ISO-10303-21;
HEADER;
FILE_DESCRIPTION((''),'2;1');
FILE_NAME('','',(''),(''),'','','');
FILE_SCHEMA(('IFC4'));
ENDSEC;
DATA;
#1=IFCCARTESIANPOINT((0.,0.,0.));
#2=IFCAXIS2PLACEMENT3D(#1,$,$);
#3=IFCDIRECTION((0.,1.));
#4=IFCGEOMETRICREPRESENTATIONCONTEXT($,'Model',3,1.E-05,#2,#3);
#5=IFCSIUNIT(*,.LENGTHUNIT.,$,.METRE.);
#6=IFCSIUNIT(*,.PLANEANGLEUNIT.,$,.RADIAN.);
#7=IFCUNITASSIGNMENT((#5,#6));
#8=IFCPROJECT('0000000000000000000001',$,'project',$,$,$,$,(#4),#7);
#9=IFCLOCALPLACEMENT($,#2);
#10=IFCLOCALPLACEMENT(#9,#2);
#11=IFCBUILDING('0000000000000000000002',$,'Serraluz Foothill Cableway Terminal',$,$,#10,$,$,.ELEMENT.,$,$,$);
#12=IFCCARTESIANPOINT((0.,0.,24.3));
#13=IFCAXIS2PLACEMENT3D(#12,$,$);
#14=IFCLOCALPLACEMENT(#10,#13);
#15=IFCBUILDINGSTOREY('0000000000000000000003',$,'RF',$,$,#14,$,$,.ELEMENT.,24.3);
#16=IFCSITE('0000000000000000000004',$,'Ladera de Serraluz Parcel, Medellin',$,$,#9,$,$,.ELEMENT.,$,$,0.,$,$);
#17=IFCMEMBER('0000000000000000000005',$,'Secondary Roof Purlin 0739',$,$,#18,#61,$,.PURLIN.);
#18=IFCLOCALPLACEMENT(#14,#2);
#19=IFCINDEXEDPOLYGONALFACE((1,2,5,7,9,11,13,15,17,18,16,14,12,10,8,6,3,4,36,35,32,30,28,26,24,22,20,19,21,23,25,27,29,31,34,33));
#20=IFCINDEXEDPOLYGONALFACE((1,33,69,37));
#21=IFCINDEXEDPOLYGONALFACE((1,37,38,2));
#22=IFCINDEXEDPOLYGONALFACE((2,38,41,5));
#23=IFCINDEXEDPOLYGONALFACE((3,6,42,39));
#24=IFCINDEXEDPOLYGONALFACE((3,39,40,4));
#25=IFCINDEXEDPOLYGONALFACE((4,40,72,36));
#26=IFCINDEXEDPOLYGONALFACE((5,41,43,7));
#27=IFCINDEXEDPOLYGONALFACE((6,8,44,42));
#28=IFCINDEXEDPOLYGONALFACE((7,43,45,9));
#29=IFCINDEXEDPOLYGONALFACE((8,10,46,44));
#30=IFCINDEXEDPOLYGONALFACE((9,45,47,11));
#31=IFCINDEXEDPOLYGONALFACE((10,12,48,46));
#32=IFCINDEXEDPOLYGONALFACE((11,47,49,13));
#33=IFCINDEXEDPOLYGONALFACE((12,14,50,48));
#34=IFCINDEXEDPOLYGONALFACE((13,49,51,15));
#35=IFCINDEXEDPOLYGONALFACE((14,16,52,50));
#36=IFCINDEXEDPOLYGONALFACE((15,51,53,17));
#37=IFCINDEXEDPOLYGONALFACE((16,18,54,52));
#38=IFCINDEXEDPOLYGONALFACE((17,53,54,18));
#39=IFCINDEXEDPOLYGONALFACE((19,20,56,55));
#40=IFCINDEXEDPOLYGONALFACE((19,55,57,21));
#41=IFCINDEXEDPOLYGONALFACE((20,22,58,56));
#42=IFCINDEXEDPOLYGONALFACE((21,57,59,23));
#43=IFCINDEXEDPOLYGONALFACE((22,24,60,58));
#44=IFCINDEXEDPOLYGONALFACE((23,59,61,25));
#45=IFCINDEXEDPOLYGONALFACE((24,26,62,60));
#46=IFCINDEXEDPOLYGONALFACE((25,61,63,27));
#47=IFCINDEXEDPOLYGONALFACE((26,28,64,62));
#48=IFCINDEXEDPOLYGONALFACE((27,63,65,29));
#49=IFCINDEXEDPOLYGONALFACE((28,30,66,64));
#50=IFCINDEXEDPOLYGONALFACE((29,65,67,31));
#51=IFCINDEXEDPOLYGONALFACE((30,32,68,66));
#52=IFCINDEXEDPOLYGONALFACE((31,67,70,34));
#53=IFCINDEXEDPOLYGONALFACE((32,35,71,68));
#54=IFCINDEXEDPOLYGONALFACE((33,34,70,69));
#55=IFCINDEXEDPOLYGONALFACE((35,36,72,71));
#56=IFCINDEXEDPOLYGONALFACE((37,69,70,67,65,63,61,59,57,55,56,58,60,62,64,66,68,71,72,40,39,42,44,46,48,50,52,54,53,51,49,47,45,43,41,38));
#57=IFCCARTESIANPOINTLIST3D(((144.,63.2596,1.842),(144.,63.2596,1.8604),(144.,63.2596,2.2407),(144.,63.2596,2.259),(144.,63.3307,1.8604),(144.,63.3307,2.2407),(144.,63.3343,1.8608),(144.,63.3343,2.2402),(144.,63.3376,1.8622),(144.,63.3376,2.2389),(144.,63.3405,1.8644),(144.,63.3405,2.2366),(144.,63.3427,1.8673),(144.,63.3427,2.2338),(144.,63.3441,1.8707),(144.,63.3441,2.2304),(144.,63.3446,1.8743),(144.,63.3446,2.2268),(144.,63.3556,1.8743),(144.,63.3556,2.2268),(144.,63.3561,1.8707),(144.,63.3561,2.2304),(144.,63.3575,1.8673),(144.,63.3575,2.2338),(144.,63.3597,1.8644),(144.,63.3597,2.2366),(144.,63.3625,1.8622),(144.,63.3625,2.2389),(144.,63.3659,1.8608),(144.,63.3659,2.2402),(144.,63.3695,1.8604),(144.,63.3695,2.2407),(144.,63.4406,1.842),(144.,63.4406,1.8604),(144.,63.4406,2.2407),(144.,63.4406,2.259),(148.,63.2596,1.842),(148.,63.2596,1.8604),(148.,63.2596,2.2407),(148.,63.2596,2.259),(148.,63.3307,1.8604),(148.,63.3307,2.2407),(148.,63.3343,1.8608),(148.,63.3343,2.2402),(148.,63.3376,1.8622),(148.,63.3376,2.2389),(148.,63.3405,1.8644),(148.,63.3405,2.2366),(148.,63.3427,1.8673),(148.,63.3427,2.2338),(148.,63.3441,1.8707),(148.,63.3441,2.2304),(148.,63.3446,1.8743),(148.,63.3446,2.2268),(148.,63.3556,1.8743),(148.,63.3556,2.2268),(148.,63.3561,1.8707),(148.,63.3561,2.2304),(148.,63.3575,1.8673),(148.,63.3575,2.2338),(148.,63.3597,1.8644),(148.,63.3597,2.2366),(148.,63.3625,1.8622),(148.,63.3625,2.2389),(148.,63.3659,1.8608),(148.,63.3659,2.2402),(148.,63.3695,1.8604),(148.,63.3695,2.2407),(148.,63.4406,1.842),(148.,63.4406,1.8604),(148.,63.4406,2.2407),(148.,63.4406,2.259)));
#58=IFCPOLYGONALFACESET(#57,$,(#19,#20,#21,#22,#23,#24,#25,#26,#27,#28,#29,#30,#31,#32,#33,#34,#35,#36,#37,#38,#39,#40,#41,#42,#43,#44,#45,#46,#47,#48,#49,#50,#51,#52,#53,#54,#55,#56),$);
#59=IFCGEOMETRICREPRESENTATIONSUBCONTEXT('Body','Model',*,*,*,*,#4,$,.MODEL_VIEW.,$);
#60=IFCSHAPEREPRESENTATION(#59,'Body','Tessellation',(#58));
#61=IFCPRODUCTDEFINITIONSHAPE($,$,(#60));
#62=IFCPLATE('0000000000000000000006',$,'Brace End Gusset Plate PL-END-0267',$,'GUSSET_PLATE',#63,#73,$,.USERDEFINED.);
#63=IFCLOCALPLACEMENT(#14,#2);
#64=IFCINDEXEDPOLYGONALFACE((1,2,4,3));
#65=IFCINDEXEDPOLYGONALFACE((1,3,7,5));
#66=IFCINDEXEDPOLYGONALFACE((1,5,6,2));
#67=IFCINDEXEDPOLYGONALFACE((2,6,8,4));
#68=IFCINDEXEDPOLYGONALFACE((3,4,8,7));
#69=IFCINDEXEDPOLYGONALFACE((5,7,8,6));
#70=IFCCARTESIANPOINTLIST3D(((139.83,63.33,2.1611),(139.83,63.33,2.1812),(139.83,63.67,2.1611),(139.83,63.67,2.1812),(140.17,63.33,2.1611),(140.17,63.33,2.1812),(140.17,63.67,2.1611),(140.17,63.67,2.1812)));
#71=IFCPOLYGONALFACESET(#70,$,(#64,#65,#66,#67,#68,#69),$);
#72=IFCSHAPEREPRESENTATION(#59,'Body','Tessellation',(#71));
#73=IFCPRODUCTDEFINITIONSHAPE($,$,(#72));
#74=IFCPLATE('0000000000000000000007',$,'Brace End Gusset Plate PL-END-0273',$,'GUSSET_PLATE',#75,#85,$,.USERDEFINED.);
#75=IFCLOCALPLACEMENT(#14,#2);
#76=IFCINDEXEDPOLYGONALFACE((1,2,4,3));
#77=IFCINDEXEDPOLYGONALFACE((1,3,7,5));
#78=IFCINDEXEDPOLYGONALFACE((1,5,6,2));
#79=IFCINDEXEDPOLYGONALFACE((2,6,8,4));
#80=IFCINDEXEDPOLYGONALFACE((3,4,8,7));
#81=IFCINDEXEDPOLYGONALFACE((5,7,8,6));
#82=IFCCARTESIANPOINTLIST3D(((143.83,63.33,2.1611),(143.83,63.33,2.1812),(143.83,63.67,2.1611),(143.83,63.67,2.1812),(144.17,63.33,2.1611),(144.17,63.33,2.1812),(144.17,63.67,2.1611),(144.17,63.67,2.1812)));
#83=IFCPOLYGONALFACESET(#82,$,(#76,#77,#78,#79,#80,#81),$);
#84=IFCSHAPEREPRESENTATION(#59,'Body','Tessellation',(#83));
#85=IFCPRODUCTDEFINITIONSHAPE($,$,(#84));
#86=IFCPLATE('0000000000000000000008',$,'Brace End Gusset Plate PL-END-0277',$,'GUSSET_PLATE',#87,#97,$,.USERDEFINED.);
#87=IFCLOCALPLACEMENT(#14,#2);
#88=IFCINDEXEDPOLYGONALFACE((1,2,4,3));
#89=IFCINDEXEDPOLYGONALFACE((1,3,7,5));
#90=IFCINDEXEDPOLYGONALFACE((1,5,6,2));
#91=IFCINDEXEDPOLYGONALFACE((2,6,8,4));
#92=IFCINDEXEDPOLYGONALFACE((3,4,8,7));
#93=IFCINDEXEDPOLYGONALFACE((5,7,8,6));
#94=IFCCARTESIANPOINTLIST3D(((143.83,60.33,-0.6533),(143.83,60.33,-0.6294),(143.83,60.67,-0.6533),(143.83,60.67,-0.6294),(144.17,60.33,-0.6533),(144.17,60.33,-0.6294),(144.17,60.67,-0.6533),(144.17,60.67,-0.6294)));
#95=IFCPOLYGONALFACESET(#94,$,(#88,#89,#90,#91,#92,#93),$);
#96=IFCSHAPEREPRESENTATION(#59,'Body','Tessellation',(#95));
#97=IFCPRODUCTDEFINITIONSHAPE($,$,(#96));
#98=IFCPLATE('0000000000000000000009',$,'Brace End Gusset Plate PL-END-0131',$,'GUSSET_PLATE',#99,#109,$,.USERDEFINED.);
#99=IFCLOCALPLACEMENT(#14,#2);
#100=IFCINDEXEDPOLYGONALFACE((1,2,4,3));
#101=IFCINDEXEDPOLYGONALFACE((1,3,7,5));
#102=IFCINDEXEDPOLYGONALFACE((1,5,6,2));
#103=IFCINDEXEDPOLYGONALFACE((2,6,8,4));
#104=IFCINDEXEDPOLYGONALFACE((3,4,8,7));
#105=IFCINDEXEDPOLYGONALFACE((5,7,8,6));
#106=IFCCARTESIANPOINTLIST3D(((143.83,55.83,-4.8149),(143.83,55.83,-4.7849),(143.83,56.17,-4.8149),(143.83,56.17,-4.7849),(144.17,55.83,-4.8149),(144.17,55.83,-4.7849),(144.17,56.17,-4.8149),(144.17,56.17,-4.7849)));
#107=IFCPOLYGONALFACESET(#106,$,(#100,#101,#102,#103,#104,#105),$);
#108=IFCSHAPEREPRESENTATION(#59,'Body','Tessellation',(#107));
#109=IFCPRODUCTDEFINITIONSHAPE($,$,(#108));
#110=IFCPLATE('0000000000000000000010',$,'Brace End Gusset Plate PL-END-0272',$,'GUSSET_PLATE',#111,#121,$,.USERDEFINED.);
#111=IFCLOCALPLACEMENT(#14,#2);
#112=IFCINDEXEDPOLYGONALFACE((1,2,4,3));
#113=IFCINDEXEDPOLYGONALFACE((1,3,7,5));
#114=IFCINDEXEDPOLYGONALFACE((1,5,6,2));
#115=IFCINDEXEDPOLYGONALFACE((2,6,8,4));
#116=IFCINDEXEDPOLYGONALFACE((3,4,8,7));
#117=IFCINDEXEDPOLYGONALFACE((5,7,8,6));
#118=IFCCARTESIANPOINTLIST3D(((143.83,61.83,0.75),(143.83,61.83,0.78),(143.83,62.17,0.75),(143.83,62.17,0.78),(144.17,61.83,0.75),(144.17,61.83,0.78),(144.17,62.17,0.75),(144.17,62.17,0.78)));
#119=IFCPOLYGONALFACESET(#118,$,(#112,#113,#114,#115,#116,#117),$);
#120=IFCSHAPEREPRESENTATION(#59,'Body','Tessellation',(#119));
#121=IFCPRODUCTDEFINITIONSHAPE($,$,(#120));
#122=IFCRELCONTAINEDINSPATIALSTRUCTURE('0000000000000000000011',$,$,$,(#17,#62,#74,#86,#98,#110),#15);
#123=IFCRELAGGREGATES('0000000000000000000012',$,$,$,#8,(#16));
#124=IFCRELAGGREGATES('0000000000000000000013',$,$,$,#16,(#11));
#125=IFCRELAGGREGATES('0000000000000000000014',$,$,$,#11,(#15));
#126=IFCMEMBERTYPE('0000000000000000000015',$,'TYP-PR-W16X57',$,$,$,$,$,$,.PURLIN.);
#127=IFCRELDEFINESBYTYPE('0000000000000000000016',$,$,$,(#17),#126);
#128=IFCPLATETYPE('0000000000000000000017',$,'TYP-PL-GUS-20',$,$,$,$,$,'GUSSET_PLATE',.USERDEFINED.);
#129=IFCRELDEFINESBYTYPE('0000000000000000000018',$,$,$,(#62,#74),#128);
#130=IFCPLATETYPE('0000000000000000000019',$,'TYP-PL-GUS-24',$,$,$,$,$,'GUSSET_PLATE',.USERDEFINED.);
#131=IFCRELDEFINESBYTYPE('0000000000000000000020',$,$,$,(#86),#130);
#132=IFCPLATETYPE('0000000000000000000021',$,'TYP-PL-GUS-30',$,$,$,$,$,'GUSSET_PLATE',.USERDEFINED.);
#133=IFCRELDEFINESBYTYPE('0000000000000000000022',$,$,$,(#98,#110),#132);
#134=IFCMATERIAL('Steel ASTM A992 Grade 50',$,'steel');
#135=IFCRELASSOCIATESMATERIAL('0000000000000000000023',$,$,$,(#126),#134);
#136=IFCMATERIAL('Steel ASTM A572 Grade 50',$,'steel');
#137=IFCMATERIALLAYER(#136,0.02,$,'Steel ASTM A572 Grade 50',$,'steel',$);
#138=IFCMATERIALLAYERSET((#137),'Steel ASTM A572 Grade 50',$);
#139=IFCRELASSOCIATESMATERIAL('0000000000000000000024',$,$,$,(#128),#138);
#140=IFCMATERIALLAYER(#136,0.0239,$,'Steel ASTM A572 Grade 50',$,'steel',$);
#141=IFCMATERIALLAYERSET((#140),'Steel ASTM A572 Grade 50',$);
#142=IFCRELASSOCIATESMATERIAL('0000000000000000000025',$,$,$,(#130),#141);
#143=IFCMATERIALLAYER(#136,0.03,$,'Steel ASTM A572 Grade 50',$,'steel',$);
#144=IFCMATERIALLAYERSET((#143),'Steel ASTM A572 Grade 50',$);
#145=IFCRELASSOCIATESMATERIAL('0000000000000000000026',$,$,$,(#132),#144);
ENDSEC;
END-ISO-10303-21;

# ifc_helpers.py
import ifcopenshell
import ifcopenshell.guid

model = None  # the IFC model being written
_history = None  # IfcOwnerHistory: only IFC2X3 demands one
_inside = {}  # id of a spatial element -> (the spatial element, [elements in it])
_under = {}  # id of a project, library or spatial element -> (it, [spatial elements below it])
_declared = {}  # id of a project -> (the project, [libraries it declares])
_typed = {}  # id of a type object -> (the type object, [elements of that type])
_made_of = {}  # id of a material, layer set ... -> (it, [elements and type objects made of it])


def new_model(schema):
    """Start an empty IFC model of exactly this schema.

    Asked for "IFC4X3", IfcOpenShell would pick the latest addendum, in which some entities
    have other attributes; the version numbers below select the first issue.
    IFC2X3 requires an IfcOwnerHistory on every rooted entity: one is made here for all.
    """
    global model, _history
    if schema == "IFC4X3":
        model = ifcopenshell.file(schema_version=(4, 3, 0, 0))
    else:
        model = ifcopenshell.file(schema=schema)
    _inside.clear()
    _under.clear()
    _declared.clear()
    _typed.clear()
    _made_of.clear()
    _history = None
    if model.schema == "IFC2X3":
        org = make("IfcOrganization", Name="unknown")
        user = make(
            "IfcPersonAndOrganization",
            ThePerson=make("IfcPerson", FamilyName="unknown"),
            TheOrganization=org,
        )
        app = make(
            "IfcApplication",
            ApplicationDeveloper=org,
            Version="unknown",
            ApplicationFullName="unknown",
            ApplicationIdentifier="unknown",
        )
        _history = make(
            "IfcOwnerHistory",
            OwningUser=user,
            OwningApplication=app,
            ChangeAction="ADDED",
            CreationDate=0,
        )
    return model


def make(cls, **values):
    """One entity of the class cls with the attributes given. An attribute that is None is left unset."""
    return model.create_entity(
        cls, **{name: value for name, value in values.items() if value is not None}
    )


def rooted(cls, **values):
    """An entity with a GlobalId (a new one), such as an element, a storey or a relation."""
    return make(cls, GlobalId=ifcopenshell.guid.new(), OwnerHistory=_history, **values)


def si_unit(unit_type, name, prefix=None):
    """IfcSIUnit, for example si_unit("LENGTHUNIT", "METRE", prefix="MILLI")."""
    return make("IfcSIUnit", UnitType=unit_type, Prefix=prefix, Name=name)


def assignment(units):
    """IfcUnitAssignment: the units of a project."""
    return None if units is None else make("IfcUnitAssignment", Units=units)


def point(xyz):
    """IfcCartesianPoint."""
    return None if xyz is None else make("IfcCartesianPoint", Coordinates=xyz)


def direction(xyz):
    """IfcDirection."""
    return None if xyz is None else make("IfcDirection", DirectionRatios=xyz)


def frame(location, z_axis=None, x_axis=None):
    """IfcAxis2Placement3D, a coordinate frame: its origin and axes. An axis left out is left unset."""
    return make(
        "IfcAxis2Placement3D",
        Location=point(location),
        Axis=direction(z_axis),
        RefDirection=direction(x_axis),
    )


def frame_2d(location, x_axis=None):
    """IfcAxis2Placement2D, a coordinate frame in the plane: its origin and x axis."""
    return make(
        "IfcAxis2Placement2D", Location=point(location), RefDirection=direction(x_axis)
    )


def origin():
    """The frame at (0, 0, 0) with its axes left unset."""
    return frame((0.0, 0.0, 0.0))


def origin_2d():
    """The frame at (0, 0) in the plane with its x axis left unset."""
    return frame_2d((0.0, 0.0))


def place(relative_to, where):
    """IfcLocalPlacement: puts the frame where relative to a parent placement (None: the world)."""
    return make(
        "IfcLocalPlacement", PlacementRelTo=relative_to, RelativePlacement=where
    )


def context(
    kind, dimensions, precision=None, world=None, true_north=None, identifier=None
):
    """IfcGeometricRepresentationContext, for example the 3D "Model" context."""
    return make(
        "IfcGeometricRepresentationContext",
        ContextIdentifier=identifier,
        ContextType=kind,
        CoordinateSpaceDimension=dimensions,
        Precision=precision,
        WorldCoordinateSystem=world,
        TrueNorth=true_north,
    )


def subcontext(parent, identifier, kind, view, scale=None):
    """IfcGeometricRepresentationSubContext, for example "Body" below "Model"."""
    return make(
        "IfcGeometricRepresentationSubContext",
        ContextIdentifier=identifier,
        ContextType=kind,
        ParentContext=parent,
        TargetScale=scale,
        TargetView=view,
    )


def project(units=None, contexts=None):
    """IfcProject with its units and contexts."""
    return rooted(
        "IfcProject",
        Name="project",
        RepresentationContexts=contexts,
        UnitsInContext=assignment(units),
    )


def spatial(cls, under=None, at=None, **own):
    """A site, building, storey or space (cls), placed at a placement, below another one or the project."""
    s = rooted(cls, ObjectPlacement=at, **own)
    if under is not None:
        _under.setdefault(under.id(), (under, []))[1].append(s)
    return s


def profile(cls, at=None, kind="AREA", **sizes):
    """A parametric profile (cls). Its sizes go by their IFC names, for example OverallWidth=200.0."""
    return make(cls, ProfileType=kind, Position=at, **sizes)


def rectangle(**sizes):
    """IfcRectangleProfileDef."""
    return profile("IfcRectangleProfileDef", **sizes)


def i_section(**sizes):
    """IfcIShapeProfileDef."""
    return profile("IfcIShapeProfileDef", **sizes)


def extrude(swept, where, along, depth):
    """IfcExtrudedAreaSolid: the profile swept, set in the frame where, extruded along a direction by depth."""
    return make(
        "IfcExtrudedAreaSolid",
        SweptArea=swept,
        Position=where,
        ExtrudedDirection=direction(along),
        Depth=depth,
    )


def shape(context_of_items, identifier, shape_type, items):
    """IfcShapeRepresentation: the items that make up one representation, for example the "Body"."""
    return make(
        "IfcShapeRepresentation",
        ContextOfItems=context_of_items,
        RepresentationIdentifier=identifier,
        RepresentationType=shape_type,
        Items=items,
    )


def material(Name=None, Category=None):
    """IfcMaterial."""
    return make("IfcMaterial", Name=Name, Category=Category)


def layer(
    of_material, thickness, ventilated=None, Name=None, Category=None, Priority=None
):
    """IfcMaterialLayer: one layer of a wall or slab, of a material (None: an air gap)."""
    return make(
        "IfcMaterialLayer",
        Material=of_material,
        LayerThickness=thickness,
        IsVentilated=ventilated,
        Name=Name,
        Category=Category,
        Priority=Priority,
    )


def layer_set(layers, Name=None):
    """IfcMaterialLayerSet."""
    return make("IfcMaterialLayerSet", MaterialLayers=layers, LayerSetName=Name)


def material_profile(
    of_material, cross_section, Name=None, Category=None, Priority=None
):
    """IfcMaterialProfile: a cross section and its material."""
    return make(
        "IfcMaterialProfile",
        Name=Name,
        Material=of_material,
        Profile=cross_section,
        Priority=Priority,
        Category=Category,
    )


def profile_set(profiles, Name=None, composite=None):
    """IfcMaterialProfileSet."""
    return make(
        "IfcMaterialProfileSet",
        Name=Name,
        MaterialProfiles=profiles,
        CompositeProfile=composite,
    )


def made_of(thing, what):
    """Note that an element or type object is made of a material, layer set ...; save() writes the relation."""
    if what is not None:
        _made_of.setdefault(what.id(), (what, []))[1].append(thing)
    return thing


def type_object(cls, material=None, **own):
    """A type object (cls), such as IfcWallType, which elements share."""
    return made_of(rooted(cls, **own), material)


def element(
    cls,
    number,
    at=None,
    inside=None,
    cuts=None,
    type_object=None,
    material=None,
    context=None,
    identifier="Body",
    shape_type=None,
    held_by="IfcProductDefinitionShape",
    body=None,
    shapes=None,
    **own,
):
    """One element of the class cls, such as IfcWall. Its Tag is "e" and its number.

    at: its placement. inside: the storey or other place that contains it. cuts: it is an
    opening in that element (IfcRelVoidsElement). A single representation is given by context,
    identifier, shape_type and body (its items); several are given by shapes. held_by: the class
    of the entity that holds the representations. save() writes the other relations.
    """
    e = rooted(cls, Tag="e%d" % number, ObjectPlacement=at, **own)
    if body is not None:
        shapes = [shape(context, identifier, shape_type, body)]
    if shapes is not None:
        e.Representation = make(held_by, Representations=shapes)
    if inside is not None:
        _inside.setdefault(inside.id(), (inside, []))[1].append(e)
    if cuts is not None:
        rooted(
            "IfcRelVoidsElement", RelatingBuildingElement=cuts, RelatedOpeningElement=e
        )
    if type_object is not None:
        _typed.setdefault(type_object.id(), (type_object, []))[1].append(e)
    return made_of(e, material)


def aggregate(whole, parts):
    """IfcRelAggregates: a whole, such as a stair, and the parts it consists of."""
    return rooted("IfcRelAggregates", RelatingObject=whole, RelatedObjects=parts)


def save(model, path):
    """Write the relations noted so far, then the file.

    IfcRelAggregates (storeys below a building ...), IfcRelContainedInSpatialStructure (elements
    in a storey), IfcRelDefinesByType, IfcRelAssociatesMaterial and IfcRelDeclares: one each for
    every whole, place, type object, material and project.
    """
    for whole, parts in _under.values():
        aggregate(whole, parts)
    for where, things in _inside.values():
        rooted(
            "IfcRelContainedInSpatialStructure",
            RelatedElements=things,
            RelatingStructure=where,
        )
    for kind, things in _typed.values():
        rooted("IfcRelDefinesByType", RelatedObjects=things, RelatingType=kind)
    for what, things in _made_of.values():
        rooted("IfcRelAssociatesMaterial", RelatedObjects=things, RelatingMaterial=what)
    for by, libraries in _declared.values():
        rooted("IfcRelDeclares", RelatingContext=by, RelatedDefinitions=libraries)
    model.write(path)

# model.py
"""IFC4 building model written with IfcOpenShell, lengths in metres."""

from ifc_helpers import new_model, si_unit, direction, frame, origin, origin_2d, place, context, subcontext, project, spatial, rectangle, i_section, extrude, material, layer, layer_set, material_profile, profile_set, type_object, element, save


model = new_model("IFC4")

# Units and contexts
model_context = context("Model", 3, precision=1e-05, world=origin(), true_north=direction((0.0, 1.0)))
body_context = subcontext(model_context, "Body", "Model", "MODEL_VIEW")
ifc_project = project(units=[si_unit("LENGTHUNIT", "METRE"), si_unit("PLANEANGLEUNIT", "RADIAN")], contexts=[model_context])

# Site, building, storey
site_placement = place(None, origin())
site = spatial("IfcSite", under=ifc_project, at=site_placement, Name="Ladera de Serraluz Parcel, Medellin", CompositionType="ELEMENT", RefElevation=0.0)
building_placement = place(site_placement, origin())
building = spatial("IfcBuilding", under=site, at=building_placement, Name="Serraluz Foothill Cableway Terminal", CompositionType="ELEMENT")
storey_placement = place(building_placement, frame((0.0, 0.0, 24.3)))
storey = spatial("IfcBuildingStorey", under=building, at=storey_placement, Name="RF", CompositionType="ELEMENT", Elevation=24.3)

# Member
ifc_material_1 = material(Name="Steel ASTM A572 Grade 50", Category="steel")
ifc_material_2 = material(Name="Steel ASTM A992 Grade 50", Category="steel")
ifc_material_profile_1 = material_profile(ifc_material_2, i_section(OverallWidth=0.1809, OverallDepth=0.417, WebThickness=0.011, FlangeThickness=0.0183, FilletRadius=0.0139, at=origin_2d()), Name="W16X57")
ifc_profile_set_1 = profile_set([ifc_material_profile_1], Name="Steel ASTM A992 Grade 50")
member_type_1 = type_object("IfcMemberType", Name="TYP-PR-W16X57", PredefinedType="PURLIN", material=ifc_profile_set_1)
for number, where, z_axis, x_axis, name in (
    (1, (144.0, 63.3501, 2.0505), (1.0, 0.0, 0.0), (0.0, 1.0, 0.0), "Secondary Roof Purlin 0739"),
):
    element("IfcMember", number, at=place(storey_placement, frame(where, z_axis=z_axis, x_axis=x_axis)), inside=storey, type_object=member_type_1, Name=name, PredefinedType="PURLIN", context=body_context, shape_type="SweptSolid", body=[
        extrude(i_section(OverallWidth=0.1809, OverallDepth=0.417, WebThickness=0.011, FlangeThickness=0.0183, FilletRadius=0.0139, at=origin_2d()), origin(), (0.0, 0.0, 1.0), 4.0),
    ])

# Plates
ifc_layer_1 = layer(ifc_material_1, 0.02, Name="Steel ASTM A572 Grade 50", Category="steel")
ifc_layer_set_1 = layer_set([ifc_layer_1], Name="Steel ASTM A572 Grade 50")
plate_type_1 = type_object("IfcPlateType", Name="TYP-PL-GUS-20", ElementType="GUSSET_PLATE", PredefinedType="USERDEFINED", material=ifc_layer_set_1)
for number, where, z_axis, x_axis, name in (
    (2, (140.0, 63.5, 2.1611), (0.0, 0.0, 1.0), (1.0, 0.0, 0.0), "Brace End Gusset Plate PL-END-0267"),
    (3, (144.0, 63.5, 2.1611), (0.0, 0.0, 1.0), (1.0, 0.0, 0.0), "Brace End Gusset Plate PL-END-0273"),
):
    element("IfcPlate", number, at=place(storey_placement, frame(where, z_axis=z_axis, x_axis=x_axis)), inside=storey, type_object=plate_type_1, Name=name, ObjectType="GUSSET_PLATE", PredefinedType="USERDEFINED", context=body_context, shape_type="SweptSolid", body=[
        extrude(rectangle(XDim=0.3401, YDim=0.3401, at=origin_2d()), origin(), (0.0, 0.0, 1.0), 0.02),
    ])
ifc_layer_2 = layer(ifc_material_1, 0.0239, Name="Steel ASTM A572 Grade 50", Category="steel")
ifc_layer_set_2 = layer_set([ifc_layer_2], Name="Steel ASTM A572 Grade 50")
plate_type_2 = type_object("IfcPlateType", Name="TYP-PL-GUS-24", ElementType="GUSSET_PLATE", PredefinedType="USERDEFINED", material=ifc_layer_set_2)
plate_placement = place(storey_placement, frame((144.0, 60.5, -0.6533), z_axis=(0.0, 0.0, 1.0), x_axis=(1.0, 0.0, 0.0)))
element("IfcPlate", 4, at=plate_placement, inside=storey, type_object=plate_type_2, Name="Brace End Gusset Plate PL-END-0277", ObjectType="GUSSET_PLATE", PredefinedType="USERDEFINED", context=body_context, shape_type="SweptSolid", body=[
    extrude(rectangle(XDim=0.3401, YDim=0.3401, at=origin_2d()), origin(), (0.0, 0.0, 1.0), 0.0239),
])
ifc_layer_3 = layer(ifc_material_1, 0.03, Name="Steel ASTM A572 Grade 50", Category="steel")
ifc_layer_set_3 = layer_set([ifc_layer_3], Name="Steel ASTM A572 Grade 50")
plate_type_3 = type_object("IfcPlateType", Name="TYP-PL-GUS-30", ElementType="GUSSET_PLATE", PredefinedType="USERDEFINED", material=ifc_layer_set_3)
for number, where, z_axis, x_axis, name in (
    (5, (144.0, 56.0, -4.8149), (0.0, 0.0, 1.0), (1.0, 0.0, 0.0), "Brace End Gusset Plate PL-END-0131"),
    (6, (144.0, 62.0, 0.75), (0.0, 0.0, 1.0), (1.0, 0.0, 0.0), "Brace End Gusset Plate PL-END-0272"),
):
    element("IfcPlate", number, at=place(storey_placement, frame(where, z_axis=z_axis, x_axis=x_axis)), inside=storey, type_object=plate_type_3, Name=name, ObjectType="GUSSET_PLATE", PredefinedType="USERDEFINED", context=body_context, shape_type="SweptSolid", body=[
        extrude(rectangle(XDim=0.3401, YDim=0.3401, at=origin_2d()), origin(), (0.0, 0.0, 1.0), 0.03),
    ])

save(model, "model.ifc")
